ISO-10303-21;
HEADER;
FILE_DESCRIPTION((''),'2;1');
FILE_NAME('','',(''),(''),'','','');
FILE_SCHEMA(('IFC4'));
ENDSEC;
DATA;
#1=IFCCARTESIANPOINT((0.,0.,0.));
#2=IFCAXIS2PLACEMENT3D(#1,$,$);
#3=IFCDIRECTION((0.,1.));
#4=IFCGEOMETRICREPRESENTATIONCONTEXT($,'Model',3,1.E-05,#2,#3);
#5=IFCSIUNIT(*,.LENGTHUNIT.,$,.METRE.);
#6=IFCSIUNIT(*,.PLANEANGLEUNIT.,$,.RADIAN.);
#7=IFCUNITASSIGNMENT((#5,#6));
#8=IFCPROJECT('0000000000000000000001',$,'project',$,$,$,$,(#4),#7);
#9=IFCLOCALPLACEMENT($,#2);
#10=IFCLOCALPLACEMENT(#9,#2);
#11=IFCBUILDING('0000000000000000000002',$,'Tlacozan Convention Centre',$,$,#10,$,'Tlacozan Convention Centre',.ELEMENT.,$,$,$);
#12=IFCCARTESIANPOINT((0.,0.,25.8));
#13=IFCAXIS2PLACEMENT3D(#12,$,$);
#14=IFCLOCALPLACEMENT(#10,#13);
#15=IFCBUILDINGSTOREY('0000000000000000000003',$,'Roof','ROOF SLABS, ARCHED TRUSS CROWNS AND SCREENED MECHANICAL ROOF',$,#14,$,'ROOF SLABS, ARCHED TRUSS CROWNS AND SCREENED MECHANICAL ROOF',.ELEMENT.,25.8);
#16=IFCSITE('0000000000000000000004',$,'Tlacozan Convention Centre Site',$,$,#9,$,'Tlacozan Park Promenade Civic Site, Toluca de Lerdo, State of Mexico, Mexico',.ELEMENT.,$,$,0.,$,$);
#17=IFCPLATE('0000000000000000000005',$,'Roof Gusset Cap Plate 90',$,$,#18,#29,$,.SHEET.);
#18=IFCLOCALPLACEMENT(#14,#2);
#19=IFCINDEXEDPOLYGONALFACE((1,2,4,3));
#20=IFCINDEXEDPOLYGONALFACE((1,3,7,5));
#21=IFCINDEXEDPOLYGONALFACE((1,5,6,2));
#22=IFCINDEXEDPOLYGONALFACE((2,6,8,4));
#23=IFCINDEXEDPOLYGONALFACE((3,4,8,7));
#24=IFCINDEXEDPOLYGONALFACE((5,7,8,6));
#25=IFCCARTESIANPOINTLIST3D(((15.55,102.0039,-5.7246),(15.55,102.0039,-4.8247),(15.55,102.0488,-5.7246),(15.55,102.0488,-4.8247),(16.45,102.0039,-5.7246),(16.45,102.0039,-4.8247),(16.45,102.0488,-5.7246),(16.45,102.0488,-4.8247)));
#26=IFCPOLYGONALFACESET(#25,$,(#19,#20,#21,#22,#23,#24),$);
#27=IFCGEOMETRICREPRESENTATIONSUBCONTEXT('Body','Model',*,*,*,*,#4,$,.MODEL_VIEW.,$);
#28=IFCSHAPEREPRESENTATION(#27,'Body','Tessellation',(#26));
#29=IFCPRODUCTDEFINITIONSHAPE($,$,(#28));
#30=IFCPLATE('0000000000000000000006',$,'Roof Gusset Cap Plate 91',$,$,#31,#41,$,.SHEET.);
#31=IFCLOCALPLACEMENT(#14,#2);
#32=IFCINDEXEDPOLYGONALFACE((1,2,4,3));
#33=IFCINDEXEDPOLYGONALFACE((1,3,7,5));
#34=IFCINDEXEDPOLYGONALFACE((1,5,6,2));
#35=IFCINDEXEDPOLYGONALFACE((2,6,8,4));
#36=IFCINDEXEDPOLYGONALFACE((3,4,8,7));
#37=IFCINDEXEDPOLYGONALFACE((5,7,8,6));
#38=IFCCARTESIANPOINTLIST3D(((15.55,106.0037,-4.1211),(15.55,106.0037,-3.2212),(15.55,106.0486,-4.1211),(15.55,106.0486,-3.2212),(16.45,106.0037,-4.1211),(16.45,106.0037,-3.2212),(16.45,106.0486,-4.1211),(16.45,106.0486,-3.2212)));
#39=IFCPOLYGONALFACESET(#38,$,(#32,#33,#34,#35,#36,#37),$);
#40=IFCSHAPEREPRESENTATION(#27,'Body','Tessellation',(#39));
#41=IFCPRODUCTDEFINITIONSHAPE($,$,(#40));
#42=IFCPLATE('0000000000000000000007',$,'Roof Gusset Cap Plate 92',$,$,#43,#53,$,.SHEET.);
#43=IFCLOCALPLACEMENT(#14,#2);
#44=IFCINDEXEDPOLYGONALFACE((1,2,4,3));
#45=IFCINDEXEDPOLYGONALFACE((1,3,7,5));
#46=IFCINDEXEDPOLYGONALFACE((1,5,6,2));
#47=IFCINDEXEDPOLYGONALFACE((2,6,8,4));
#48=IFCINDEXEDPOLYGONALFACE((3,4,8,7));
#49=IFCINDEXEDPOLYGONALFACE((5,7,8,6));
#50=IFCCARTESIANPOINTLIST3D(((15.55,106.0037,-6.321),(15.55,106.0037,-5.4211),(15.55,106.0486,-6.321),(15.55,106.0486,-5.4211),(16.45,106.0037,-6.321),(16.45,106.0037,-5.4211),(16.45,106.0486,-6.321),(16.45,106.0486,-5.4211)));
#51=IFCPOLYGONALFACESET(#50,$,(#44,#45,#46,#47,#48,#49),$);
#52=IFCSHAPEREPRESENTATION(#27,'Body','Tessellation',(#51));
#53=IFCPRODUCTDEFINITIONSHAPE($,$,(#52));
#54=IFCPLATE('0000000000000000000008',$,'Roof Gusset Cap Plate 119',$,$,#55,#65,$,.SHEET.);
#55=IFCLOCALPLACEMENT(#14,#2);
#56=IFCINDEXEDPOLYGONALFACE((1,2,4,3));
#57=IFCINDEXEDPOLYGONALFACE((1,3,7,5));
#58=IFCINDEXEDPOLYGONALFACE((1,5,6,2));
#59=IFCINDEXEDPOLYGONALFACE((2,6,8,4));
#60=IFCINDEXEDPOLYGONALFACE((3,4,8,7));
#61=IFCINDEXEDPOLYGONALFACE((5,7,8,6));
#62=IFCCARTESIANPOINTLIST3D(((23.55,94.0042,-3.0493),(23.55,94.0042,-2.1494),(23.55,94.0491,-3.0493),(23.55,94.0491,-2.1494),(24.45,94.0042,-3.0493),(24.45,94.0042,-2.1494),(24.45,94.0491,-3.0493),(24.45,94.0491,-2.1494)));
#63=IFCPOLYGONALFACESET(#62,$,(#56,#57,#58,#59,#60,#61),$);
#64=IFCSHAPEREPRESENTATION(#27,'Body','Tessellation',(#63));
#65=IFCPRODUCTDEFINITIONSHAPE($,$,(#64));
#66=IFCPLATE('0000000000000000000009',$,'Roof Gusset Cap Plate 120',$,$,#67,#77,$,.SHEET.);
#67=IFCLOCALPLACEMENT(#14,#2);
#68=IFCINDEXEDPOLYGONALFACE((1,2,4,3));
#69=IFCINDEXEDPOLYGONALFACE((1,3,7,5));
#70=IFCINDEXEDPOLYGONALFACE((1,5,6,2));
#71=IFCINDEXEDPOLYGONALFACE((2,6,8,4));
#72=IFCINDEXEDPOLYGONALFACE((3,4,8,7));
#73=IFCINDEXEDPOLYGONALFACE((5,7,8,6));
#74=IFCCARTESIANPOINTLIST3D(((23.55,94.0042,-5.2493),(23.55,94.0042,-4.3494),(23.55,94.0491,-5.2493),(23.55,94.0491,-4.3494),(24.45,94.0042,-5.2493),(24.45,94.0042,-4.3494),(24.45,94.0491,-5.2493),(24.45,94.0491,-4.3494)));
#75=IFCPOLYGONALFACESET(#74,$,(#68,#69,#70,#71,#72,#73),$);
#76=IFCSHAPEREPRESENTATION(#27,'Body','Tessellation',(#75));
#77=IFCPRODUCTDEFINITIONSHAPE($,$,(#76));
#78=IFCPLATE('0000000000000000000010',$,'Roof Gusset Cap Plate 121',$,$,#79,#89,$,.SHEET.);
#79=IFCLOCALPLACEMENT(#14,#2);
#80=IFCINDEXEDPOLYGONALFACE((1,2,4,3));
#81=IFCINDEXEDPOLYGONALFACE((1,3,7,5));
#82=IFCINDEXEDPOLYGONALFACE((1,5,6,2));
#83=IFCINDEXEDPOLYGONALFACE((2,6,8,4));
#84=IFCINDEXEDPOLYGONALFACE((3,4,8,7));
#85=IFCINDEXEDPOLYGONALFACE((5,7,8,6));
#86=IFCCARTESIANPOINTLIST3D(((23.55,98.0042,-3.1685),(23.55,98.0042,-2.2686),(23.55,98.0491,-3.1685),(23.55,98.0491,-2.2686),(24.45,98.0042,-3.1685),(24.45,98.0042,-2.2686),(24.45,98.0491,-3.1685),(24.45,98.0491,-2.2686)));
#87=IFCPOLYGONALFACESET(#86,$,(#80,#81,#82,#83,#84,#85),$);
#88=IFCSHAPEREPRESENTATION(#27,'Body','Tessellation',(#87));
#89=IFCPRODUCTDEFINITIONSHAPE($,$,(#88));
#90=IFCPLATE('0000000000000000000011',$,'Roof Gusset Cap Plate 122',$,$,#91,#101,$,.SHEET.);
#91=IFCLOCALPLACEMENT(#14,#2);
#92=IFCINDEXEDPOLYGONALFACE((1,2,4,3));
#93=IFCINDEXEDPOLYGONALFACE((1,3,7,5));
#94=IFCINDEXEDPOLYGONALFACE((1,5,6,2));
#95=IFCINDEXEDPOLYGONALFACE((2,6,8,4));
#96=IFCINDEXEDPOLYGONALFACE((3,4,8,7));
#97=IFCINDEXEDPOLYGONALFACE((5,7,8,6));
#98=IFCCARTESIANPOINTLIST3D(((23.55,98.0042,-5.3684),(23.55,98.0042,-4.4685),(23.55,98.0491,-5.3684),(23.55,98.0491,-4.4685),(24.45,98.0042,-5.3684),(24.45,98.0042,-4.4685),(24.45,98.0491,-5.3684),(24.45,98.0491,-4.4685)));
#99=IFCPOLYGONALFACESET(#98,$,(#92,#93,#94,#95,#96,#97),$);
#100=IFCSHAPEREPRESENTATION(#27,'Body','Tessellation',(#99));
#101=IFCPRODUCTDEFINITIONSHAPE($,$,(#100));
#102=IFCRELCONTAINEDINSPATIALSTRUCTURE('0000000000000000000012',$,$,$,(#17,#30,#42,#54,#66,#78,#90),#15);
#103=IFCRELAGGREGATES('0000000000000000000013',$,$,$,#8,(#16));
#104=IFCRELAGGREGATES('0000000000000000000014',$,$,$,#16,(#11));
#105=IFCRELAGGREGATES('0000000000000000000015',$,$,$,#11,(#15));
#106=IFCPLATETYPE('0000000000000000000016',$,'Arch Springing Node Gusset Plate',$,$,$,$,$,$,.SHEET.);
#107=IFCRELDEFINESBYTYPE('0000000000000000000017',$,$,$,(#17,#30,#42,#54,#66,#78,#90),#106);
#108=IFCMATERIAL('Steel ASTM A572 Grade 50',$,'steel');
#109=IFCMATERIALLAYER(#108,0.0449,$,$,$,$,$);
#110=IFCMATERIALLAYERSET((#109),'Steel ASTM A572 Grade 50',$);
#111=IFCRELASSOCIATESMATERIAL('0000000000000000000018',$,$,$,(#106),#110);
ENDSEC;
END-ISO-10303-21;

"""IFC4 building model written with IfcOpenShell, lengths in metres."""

from ifc_helpers import new_model, si_unit, direction, frame, origin, origin_2d, place, context, subcontext, project, spatial, rectangle, extrude, material, layer, layer_set, type_object, element, save


model = new_model("IFC4")

# Units and contexts
model_context = context("Model", 3, precision=1e-05, world=origin(), true_north=direction((0.0, 1.0)))
body_context = subcontext(model_context, "Body", "Model", "MODEL_VIEW")
ifc_project = project(units=[si_unit("LENGTHUNIT", "METRE"), si_unit("PLANEANGLEUNIT", "RADIAN")], contexts=[model_context])

# Site, building, storey
site_placement = place(None, origin())
site = spatial("IfcSite", under=ifc_project, at=site_placement, Name="Tlacozan Convention Centre Site", LongName="Tlacozan Park Promenade Civic Site, Toluca de Lerdo, State of Mexico, Mexico", CompositionType="ELEMENT", RefElevation=0.0)
building_placement = place(site_placement, origin())
building = spatial("IfcBuilding", under=site, at=building_placement, Name="Tlacozan Convention Centre", LongName="Tlacozan Convention Centre", CompositionType="ELEMENT")
storey_placement = place(building_placement, frame((0.0, 0.0, 25.8)))
storey = spatial("IfcBuildingStorey", under=building, at=storey_placement, Name="Roof", Description="ROOF SLABS, ARCHED TRUSS CROWNS AND SCREENED MECHANICAL ROOF", LongName="ROOF SLABS, ARCHED TRUSS CROWNS AND SCREENED MECHANICAL ROOF", CompositionType="ELEMENT", Elevation=25.8)

# Plates
ifc_material_1 = material(Name="Steel ASTM A572 Grade 50", Category="steel")
ifc_layer = layer(ifc_material_1, 0.0449)
ifc_layer_set = layer_set([ifc_layer], Name="Steel ASTM A572 Grade 50")
plate_type = type_object("IfcPlateType", Name="Arch Springing Node Gusset Plate", PredefinedType="SHEET", material=ifc_layer_set)
for number, where, z_axis, x_axis, name in (
    (1, (16.0, 102.0264, -5.7246), (0.0, 0.0, 1.0), (0.0, 1.0, 0.0), "Roof Gusset Cap Plate 90"),
    (2, (16.0, 106.0261, -4.1211), (0.0, 0.0, 1.0), (0.0, 1.0, 0.0), "Roof Gusset Cap Plate 91"),
    (3, (16.0, 106.0261, -6.321), (0.0, 0.0, 1.0), (0.0, 1.0, 0.0), "Roof Gusset Cap Plate 92"),
    (4, (24.0, 94.0266, -3.0493), (0.0, 0.0, 1.0), (0.0, 1.0, 0.0), "Roof Gusset Cap Plate 119"),
    (5, (24.0, 94.0266, -5.2493), (0.0, 0.0, 1.0), (0.0, 1.0, 0.0), "Roof Gusset Cap Plate 120"),
    (6, (24.0, 98.0266, -3.1685), (0.0, 0.0, 1.0), (0.0, 1.0, 0.0), "Roof Gusset Cap Plate 121"),
    (7, (24.0, 98.0266, -5.3684), (0.0, 0.0, 1.0), (0.0, 1.0, 0.0), "Roof Gusset Cap Plate 122"),
):
    element("IfcPlate", number, at=place(storey_placement, frame(where, z_axis=z_axis, x_axis=x_axis)), inside=storey, type_object=plate_type, Name=name, PredefinedType="SHEET", context=body_context, shape_type="SweptSolid", body=[
        extrude(rectangle(XDim=0.0449, YDim=0.8999, at=origin_2d()), origin(), (0.0, 0.0, 1.0), 0.8999),
    ])

save(model, "model.ifc")
